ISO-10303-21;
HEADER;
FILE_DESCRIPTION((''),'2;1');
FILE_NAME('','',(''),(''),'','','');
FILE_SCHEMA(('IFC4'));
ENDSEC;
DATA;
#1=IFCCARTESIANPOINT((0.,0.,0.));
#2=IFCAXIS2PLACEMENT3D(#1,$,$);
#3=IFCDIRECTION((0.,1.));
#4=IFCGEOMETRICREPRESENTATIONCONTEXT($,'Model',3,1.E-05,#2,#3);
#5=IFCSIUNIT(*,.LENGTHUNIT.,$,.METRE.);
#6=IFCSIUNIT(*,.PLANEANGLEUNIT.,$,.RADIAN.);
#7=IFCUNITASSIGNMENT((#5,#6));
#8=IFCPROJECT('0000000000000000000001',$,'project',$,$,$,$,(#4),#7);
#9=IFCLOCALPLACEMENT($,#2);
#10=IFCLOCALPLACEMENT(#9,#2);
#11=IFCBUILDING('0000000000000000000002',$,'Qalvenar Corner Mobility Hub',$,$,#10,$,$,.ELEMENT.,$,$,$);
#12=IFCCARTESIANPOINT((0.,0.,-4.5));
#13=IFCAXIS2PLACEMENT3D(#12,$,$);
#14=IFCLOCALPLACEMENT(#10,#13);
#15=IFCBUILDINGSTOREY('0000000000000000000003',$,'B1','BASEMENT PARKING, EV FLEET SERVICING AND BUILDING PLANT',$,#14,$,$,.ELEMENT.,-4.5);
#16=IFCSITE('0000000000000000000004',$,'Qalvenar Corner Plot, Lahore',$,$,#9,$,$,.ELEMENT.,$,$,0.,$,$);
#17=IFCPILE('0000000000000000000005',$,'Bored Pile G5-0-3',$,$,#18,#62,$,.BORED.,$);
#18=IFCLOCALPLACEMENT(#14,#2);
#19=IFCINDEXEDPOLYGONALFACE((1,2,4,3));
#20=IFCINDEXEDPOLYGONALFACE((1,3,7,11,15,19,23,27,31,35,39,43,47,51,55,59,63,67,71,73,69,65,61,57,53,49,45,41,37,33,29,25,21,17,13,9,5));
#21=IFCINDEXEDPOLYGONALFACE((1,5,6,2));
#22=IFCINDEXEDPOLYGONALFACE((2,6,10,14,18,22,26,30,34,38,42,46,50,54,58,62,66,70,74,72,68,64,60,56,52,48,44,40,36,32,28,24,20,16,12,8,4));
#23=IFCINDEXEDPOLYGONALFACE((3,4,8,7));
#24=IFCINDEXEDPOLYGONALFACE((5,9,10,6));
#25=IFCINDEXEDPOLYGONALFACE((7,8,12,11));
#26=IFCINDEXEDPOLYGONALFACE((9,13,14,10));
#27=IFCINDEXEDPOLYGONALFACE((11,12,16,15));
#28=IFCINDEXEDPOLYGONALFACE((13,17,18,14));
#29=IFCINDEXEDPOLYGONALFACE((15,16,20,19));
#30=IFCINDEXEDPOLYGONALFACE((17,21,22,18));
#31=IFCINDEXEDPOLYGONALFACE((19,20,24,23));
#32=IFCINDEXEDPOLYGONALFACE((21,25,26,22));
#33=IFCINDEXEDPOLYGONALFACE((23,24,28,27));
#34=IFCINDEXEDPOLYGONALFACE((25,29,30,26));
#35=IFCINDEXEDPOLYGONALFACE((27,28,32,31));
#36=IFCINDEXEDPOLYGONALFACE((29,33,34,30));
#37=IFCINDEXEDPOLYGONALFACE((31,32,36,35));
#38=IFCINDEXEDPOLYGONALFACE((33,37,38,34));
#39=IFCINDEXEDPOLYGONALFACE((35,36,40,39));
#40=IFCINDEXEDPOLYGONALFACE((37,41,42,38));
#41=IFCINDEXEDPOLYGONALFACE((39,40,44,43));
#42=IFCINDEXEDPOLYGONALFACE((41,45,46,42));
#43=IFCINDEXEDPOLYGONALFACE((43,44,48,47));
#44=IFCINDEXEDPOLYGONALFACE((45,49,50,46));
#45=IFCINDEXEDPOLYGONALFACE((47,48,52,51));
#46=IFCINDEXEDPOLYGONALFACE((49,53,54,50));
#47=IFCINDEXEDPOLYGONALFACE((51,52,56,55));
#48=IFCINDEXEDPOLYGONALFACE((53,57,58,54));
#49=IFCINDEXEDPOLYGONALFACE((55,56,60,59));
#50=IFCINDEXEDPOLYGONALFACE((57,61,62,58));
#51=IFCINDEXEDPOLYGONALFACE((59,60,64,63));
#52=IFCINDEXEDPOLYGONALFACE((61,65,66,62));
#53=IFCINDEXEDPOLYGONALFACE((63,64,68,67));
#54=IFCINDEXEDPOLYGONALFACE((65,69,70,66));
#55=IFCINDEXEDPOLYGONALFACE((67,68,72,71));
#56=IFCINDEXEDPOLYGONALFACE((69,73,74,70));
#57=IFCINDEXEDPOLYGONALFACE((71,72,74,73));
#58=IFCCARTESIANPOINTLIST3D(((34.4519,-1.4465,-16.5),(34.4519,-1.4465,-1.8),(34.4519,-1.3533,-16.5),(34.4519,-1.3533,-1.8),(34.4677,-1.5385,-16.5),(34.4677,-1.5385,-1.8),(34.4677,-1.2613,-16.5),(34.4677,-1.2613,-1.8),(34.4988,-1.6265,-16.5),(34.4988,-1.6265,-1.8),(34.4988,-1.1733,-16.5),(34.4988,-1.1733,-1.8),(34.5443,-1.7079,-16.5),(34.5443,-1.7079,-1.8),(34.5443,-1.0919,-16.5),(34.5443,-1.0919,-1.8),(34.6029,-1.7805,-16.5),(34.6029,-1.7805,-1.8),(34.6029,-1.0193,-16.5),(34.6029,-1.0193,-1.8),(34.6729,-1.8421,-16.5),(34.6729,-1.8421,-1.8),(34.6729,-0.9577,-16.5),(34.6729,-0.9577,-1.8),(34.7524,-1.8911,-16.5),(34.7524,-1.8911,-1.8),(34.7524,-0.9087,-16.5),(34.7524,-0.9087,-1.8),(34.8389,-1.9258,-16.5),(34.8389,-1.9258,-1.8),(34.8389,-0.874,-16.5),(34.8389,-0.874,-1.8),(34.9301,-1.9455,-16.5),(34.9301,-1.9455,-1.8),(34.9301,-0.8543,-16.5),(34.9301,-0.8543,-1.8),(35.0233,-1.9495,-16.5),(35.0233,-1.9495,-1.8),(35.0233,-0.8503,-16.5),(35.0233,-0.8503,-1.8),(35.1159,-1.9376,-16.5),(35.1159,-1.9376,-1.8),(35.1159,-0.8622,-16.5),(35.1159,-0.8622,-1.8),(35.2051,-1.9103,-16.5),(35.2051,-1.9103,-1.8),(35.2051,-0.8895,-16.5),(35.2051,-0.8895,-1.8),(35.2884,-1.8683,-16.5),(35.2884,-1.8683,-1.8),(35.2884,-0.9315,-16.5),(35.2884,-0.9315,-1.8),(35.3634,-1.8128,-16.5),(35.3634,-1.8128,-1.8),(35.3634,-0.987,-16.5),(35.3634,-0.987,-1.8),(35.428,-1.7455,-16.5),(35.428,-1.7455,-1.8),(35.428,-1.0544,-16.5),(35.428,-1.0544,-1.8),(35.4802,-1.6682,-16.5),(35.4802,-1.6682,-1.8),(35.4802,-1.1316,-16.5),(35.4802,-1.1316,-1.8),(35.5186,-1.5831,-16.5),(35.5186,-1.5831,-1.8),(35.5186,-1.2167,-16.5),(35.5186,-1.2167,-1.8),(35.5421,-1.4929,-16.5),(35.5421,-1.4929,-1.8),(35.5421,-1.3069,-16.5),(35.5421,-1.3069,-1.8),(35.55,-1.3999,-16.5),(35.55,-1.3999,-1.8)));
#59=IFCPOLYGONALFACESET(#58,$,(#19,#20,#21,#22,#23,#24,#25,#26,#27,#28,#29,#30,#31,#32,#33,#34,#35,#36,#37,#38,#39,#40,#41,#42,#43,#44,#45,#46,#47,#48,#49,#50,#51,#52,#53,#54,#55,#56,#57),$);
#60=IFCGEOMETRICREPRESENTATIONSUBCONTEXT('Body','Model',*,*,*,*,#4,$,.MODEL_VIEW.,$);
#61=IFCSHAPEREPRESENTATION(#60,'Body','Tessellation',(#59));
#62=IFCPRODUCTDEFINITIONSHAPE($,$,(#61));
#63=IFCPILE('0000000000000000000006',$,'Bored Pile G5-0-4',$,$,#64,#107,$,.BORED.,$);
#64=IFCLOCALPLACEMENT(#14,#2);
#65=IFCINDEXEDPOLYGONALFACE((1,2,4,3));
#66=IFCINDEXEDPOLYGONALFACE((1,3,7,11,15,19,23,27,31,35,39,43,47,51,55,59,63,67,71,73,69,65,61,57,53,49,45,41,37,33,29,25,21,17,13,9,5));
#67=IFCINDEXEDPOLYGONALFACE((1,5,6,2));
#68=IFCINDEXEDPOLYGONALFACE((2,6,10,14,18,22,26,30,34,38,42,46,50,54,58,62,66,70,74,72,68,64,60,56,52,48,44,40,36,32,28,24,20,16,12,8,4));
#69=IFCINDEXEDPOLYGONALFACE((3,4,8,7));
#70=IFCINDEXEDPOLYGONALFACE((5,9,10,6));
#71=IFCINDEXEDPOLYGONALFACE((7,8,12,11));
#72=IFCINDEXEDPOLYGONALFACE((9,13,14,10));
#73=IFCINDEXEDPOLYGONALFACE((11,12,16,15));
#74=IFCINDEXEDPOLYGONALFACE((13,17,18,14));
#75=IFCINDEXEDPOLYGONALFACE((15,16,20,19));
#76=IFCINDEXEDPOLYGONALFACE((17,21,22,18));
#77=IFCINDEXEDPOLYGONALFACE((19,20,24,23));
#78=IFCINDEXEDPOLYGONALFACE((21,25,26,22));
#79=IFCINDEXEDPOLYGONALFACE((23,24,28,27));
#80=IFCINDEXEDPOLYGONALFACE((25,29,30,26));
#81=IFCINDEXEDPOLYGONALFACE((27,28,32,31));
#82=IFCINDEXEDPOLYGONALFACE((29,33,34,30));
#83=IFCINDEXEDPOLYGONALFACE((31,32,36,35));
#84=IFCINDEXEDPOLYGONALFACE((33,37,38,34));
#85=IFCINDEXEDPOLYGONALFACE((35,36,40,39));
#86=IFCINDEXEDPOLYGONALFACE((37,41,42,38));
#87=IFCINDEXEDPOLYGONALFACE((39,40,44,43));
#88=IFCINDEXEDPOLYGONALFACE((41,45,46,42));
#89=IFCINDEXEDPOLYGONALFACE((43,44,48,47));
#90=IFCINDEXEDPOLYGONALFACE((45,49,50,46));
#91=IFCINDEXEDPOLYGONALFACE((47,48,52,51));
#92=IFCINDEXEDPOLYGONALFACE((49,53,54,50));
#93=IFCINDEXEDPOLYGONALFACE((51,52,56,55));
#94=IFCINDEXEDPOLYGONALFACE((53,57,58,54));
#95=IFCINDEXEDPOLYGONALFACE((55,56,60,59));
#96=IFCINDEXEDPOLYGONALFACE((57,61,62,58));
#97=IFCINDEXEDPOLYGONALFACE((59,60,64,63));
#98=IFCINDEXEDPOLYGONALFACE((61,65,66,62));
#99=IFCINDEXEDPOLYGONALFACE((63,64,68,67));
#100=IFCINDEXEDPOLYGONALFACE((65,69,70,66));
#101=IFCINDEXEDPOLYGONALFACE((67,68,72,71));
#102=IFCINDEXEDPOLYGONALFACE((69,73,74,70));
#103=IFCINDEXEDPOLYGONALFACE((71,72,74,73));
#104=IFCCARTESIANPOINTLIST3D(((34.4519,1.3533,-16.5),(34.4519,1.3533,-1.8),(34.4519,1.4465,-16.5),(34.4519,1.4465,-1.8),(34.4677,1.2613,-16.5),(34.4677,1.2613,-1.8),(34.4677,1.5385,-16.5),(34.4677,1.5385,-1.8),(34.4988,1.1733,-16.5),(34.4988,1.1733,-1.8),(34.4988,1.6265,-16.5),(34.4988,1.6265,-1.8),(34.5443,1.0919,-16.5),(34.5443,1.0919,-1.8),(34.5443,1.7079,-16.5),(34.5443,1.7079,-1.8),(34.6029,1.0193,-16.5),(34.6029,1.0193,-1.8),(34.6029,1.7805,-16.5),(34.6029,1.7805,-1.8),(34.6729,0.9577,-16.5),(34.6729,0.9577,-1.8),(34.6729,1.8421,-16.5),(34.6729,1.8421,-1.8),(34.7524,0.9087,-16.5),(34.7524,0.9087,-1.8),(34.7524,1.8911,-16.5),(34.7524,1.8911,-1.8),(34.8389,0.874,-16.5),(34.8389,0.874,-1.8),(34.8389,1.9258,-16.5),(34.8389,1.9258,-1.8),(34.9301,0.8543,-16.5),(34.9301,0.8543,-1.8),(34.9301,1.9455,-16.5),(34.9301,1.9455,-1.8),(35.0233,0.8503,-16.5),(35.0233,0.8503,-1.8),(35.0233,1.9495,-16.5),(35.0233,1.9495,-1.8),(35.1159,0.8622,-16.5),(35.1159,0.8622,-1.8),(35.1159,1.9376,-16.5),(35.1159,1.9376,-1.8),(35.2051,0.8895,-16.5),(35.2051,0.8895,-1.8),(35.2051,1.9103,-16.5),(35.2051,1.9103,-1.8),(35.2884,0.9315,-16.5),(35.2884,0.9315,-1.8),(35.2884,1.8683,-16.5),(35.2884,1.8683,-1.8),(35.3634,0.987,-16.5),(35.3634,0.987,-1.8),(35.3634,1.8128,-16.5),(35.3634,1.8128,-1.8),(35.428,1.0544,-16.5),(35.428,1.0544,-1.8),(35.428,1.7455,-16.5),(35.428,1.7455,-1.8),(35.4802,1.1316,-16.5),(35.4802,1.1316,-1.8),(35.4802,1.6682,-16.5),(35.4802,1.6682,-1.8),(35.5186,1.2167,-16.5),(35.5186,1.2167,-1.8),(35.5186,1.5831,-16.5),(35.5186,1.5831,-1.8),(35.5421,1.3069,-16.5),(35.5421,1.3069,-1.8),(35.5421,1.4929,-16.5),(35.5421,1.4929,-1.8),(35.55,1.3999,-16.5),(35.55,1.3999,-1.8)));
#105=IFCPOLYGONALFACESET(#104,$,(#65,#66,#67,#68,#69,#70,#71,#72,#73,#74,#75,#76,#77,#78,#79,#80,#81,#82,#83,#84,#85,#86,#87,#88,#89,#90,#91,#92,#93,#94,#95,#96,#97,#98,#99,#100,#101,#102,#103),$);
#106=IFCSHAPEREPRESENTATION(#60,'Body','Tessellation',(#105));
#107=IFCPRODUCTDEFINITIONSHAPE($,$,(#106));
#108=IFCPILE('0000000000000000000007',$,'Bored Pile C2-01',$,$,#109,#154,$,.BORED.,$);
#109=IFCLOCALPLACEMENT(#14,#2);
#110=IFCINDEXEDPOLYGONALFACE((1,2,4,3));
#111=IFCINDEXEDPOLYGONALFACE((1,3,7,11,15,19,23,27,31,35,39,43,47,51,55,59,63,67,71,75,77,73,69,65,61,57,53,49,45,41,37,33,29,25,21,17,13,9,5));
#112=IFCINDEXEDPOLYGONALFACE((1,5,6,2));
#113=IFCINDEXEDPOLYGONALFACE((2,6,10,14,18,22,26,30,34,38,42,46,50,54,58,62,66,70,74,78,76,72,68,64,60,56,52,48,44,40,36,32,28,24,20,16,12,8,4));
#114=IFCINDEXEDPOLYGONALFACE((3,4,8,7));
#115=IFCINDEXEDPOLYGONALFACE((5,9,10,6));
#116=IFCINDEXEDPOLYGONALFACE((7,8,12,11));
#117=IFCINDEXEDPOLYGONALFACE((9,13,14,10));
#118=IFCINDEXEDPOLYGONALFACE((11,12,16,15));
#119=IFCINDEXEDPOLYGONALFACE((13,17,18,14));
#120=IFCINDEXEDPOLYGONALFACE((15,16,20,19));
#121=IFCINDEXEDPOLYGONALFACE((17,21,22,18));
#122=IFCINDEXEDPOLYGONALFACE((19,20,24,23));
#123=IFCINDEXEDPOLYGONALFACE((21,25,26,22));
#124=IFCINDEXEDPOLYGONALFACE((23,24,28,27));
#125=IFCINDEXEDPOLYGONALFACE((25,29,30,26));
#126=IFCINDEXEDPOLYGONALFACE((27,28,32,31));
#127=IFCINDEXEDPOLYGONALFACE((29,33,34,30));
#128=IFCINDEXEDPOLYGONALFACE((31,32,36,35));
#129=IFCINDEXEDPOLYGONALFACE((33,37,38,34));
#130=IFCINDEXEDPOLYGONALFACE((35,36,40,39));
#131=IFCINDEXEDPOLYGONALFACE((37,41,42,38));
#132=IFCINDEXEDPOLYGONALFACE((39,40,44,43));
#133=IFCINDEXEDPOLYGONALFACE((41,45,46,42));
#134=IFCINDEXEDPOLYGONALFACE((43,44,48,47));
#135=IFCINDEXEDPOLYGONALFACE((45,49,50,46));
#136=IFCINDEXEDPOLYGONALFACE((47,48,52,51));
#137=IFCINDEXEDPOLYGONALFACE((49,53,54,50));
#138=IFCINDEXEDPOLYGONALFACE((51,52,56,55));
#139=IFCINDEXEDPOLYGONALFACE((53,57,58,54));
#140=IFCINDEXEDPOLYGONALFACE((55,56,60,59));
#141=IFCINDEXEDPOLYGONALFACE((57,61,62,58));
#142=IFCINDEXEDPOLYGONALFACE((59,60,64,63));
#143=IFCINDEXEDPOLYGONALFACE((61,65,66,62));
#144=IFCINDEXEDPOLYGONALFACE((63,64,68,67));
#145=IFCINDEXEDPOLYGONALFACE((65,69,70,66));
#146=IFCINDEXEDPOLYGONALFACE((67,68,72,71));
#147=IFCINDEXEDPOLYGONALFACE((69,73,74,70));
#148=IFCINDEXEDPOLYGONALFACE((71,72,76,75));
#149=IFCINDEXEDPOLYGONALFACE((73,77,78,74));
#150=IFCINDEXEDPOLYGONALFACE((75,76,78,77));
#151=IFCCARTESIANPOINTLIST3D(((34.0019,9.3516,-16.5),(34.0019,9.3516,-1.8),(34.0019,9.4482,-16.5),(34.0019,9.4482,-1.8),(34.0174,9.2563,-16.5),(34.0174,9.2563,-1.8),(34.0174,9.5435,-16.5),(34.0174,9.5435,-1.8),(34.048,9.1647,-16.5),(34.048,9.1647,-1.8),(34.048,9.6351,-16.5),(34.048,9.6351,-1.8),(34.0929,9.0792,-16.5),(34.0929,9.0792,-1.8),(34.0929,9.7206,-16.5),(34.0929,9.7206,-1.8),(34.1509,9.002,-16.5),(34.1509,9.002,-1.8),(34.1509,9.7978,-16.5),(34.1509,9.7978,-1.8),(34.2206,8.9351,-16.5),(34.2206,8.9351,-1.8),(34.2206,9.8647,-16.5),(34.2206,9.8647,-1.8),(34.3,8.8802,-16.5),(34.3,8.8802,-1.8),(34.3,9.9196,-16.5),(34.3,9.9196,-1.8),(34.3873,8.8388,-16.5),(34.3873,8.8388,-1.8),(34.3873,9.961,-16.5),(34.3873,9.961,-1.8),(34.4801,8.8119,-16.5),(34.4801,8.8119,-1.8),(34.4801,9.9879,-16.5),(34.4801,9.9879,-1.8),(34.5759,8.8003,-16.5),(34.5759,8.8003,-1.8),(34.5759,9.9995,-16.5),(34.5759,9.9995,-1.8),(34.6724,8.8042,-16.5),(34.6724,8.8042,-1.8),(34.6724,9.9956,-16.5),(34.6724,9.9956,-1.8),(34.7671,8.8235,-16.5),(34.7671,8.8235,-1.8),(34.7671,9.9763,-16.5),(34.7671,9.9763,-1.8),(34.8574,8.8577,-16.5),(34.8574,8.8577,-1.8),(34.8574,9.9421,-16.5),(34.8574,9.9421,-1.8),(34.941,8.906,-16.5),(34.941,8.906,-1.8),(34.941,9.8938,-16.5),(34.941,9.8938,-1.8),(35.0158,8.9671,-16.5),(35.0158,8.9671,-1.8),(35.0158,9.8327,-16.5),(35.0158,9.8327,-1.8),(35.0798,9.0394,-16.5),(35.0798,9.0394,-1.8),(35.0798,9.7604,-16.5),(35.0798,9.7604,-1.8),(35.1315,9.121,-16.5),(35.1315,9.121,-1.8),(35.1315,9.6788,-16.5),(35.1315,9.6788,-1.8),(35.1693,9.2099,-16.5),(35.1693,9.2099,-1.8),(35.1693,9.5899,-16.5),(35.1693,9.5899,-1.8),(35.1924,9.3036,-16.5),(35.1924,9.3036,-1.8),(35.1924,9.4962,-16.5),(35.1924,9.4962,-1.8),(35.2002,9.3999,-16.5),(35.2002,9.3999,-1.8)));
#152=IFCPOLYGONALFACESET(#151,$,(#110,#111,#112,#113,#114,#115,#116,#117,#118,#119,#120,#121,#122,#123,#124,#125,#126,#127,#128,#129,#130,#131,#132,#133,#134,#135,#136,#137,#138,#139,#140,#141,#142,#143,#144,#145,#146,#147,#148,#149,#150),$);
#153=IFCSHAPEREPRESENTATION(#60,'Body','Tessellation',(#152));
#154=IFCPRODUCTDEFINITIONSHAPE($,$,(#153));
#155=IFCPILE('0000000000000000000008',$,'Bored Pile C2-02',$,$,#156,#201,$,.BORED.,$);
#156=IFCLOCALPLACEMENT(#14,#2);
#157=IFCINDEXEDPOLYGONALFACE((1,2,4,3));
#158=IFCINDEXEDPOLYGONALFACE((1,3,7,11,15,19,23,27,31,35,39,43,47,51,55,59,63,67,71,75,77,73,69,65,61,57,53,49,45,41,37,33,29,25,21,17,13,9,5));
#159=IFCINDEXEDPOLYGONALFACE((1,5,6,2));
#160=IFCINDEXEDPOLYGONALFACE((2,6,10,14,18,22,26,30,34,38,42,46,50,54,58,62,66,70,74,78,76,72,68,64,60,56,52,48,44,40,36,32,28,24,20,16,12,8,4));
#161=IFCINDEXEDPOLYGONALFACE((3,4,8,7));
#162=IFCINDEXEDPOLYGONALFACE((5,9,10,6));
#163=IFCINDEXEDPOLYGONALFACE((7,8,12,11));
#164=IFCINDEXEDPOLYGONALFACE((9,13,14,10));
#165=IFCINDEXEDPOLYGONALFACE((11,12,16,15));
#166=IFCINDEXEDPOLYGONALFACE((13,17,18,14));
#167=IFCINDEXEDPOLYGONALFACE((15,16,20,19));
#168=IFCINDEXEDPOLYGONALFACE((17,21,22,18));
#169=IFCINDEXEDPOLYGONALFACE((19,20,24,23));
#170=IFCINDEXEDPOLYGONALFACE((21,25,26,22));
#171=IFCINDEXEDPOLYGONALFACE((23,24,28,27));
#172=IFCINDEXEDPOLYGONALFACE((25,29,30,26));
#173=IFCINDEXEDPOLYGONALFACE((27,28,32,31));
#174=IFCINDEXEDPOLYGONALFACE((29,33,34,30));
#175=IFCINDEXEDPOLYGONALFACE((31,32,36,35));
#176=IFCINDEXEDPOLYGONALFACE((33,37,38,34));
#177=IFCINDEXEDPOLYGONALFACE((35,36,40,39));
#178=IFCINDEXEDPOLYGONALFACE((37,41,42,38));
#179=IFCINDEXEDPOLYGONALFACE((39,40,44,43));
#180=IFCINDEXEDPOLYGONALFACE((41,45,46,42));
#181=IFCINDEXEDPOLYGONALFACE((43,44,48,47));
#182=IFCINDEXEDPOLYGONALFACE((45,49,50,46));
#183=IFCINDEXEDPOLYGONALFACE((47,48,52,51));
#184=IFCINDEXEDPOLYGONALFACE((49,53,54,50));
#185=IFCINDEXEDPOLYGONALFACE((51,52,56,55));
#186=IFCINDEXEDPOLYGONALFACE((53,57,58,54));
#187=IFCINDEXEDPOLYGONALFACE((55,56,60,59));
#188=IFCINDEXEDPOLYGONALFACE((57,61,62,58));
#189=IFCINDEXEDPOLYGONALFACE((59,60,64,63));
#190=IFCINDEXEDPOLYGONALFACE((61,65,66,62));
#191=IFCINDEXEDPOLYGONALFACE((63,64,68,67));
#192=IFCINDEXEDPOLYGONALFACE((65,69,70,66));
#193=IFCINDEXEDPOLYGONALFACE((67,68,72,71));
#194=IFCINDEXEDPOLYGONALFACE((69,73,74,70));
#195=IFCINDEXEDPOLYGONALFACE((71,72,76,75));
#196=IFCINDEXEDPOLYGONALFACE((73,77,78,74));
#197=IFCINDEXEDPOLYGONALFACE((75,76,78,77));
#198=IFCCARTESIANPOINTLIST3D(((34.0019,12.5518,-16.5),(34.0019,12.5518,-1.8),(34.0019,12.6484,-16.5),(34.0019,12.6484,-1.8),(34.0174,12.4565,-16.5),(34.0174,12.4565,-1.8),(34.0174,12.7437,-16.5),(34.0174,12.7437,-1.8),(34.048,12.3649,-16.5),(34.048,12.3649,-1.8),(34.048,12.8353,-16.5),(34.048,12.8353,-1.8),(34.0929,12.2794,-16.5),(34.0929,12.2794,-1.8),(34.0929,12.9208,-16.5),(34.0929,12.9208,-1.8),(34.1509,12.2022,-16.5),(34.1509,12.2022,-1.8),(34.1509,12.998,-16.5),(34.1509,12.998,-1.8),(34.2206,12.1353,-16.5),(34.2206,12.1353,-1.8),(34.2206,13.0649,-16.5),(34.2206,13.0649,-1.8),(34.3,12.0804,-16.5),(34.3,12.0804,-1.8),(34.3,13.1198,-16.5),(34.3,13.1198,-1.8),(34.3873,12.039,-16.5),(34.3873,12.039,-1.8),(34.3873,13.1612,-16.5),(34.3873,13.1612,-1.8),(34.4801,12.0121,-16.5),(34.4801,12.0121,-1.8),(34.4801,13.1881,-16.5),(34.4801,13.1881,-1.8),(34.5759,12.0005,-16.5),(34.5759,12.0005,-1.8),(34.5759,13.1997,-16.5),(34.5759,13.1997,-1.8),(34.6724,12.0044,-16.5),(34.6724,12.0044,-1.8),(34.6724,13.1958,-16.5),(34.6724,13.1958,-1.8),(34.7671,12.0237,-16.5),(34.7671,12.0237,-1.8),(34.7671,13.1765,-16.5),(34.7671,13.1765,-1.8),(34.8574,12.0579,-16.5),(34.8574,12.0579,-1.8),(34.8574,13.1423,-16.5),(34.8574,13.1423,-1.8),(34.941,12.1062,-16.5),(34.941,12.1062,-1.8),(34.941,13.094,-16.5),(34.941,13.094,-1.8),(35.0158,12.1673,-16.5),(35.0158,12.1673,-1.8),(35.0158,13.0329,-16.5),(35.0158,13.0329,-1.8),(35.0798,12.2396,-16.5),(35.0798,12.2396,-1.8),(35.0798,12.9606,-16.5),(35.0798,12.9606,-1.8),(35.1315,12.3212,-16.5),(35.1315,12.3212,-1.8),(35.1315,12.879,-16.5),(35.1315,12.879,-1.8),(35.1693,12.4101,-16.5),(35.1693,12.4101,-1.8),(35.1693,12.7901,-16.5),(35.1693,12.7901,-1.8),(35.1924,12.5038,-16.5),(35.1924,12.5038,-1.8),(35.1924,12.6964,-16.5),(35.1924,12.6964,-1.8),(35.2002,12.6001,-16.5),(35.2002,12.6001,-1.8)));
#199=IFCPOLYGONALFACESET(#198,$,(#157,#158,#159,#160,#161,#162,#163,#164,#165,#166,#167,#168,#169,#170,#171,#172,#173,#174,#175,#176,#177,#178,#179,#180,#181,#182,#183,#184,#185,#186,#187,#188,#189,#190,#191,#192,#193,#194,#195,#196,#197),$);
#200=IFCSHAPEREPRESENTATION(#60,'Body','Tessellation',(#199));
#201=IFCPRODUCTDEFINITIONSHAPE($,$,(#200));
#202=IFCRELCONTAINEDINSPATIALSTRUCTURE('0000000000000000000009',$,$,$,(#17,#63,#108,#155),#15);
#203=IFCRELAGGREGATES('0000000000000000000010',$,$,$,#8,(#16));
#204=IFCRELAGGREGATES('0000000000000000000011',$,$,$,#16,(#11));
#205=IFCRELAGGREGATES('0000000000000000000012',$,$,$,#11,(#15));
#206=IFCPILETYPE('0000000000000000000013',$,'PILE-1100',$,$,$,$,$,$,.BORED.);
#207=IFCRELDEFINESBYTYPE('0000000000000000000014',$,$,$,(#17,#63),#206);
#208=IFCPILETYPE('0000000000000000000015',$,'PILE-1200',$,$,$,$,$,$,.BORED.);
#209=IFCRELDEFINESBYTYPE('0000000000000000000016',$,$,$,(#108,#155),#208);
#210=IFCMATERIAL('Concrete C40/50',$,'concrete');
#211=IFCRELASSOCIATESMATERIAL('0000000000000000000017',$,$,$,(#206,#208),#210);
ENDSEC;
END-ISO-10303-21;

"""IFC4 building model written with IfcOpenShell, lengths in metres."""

from ifc_helpers import new_model, si_unit, direction, frame, origin, origin_2d, place, context, subcontext, project, spatial, circle, extrude, material, material_profile, profile_set, type_object, element, save


model = new_model("IFC4")

# Units and contexts
model_context = context("Model", 3, precision=1e-05, world=origin(), true_north=direction((0.0, 1.0)))
body_context = subcontext(model_context, "Body", "Model", "MODEL_VIEW")
ifc_project = project(units=[si_unit("LENGTHUNIT", "METRE"), si_unit("PLANEANGLEUNIT", "RADIAN")], contexts=[model_context])

# Site, building, storey
site_placement = place(None, origin())
site = spatial("IfcSite", under=ifc_project, at=site_placement, Name="Qalvenar Corner Plot, Lahore", CompositionType="ELEMENT", RefElevation=0.0)
building_placement = place(site_placement, origin())
building = spatial("IfcBuilding", under=site, at=building_placement, Name="Qalvenar Corner Mobility Hub", CompositionType="ELEMENT")
storey_placement = place(building_placement, frame((0.0, 0.0, -4.5)))
storey = spatial("IfcBuildingStorey", under=building, at=storey_placement, Name="B1", Description="BASEMENT PARKING, EV FLEET SERVICING AND BUILDING PLANT", CompositionType="ELEMENT", Elevation=-4.5)

# Shared definitions
ifc_material_1 = material(Name="Concrete C40/50", Category="concrete")

# Piles
ifc_material_profile_1 = material_profile(ifc_material_1, circle(Radius=0.55, at=origin_2d()), Name="DIA1100")
ifc_profile_set_1 = profile_set([ifc_material_profile_1], Name="Concrete C40/50")
pile_type_1 = type_object("IfcPileType", Name="PILE-1100", PredefinedType="BORED", material=ifc_profile_set_1)
for number, where, z_axis, x_axis, name in (
    (1, (35.0, -1.3999, -1.8), (0.0, 0.0, -1.0), (1.0, 0.0, 0.0), "Bored Pile G5-0-3"),
    (2, (35.0, 1.3999, -1.8), (0.0, 0.0, -1.0), (1.0, 0.0, 0.0), "Bored Pile G5-0-4"),
):
    element("IfcPile", number, at=place(storey_placement, frame(where, z_axis=z_axis, x_axis=x_axis)), inside=storey, type_object=pile_type_1, Name=name, PredefinedType="BORED", context=body_context, shape_type="SweptSolid", body=[
        extrude(circle(Radius=0.55, at=origin_2d()), origin(), (0.0, 0.0, 1.0), 14.7),
    ])
ifc_material_profile_2 = material_profile(ifc_material_1, circle(Radius=0.6001, at=origin_2d()), Name="DIA1200")
ifc_profile_set_2 = profile_set([ifc_material_profile_2], Name="Concrete C40/50")
pile_type_2 = type_object("IfcPileType", Name="PILE-1200", PredefinedType="BORED", material=ifc_profile_set_2)
for number, where, z_axis, x_axis, name in (
    (3, (34.6001, 9.3999, -1.8), (0.0, 0.0, -1.0), (1.0, 0.0, 0.0), "Bored Pile C2-01"),
    (4, (34.6001, 12.6001, -1.8), (0.0, 0.0, -1.0), (1.0, 0.0, 0.0), "Bored Pile C2-02"),
):
    element("IfcPile", number, at=place(storey_placement, frame(where, z_axis=z_axis, x_axis=x_axis)), inside=storey, type_object=pile_type_2, Name=name, PredefinedType="BORED", context=body_context, shape_type="SweptSolid", body=[
        extrude(circle(Radius=0.6001, at=origin_2d()), origin(), (0.0, 0.0, 1.0), 14.7),
    ])

save(model, "model.ifc")
